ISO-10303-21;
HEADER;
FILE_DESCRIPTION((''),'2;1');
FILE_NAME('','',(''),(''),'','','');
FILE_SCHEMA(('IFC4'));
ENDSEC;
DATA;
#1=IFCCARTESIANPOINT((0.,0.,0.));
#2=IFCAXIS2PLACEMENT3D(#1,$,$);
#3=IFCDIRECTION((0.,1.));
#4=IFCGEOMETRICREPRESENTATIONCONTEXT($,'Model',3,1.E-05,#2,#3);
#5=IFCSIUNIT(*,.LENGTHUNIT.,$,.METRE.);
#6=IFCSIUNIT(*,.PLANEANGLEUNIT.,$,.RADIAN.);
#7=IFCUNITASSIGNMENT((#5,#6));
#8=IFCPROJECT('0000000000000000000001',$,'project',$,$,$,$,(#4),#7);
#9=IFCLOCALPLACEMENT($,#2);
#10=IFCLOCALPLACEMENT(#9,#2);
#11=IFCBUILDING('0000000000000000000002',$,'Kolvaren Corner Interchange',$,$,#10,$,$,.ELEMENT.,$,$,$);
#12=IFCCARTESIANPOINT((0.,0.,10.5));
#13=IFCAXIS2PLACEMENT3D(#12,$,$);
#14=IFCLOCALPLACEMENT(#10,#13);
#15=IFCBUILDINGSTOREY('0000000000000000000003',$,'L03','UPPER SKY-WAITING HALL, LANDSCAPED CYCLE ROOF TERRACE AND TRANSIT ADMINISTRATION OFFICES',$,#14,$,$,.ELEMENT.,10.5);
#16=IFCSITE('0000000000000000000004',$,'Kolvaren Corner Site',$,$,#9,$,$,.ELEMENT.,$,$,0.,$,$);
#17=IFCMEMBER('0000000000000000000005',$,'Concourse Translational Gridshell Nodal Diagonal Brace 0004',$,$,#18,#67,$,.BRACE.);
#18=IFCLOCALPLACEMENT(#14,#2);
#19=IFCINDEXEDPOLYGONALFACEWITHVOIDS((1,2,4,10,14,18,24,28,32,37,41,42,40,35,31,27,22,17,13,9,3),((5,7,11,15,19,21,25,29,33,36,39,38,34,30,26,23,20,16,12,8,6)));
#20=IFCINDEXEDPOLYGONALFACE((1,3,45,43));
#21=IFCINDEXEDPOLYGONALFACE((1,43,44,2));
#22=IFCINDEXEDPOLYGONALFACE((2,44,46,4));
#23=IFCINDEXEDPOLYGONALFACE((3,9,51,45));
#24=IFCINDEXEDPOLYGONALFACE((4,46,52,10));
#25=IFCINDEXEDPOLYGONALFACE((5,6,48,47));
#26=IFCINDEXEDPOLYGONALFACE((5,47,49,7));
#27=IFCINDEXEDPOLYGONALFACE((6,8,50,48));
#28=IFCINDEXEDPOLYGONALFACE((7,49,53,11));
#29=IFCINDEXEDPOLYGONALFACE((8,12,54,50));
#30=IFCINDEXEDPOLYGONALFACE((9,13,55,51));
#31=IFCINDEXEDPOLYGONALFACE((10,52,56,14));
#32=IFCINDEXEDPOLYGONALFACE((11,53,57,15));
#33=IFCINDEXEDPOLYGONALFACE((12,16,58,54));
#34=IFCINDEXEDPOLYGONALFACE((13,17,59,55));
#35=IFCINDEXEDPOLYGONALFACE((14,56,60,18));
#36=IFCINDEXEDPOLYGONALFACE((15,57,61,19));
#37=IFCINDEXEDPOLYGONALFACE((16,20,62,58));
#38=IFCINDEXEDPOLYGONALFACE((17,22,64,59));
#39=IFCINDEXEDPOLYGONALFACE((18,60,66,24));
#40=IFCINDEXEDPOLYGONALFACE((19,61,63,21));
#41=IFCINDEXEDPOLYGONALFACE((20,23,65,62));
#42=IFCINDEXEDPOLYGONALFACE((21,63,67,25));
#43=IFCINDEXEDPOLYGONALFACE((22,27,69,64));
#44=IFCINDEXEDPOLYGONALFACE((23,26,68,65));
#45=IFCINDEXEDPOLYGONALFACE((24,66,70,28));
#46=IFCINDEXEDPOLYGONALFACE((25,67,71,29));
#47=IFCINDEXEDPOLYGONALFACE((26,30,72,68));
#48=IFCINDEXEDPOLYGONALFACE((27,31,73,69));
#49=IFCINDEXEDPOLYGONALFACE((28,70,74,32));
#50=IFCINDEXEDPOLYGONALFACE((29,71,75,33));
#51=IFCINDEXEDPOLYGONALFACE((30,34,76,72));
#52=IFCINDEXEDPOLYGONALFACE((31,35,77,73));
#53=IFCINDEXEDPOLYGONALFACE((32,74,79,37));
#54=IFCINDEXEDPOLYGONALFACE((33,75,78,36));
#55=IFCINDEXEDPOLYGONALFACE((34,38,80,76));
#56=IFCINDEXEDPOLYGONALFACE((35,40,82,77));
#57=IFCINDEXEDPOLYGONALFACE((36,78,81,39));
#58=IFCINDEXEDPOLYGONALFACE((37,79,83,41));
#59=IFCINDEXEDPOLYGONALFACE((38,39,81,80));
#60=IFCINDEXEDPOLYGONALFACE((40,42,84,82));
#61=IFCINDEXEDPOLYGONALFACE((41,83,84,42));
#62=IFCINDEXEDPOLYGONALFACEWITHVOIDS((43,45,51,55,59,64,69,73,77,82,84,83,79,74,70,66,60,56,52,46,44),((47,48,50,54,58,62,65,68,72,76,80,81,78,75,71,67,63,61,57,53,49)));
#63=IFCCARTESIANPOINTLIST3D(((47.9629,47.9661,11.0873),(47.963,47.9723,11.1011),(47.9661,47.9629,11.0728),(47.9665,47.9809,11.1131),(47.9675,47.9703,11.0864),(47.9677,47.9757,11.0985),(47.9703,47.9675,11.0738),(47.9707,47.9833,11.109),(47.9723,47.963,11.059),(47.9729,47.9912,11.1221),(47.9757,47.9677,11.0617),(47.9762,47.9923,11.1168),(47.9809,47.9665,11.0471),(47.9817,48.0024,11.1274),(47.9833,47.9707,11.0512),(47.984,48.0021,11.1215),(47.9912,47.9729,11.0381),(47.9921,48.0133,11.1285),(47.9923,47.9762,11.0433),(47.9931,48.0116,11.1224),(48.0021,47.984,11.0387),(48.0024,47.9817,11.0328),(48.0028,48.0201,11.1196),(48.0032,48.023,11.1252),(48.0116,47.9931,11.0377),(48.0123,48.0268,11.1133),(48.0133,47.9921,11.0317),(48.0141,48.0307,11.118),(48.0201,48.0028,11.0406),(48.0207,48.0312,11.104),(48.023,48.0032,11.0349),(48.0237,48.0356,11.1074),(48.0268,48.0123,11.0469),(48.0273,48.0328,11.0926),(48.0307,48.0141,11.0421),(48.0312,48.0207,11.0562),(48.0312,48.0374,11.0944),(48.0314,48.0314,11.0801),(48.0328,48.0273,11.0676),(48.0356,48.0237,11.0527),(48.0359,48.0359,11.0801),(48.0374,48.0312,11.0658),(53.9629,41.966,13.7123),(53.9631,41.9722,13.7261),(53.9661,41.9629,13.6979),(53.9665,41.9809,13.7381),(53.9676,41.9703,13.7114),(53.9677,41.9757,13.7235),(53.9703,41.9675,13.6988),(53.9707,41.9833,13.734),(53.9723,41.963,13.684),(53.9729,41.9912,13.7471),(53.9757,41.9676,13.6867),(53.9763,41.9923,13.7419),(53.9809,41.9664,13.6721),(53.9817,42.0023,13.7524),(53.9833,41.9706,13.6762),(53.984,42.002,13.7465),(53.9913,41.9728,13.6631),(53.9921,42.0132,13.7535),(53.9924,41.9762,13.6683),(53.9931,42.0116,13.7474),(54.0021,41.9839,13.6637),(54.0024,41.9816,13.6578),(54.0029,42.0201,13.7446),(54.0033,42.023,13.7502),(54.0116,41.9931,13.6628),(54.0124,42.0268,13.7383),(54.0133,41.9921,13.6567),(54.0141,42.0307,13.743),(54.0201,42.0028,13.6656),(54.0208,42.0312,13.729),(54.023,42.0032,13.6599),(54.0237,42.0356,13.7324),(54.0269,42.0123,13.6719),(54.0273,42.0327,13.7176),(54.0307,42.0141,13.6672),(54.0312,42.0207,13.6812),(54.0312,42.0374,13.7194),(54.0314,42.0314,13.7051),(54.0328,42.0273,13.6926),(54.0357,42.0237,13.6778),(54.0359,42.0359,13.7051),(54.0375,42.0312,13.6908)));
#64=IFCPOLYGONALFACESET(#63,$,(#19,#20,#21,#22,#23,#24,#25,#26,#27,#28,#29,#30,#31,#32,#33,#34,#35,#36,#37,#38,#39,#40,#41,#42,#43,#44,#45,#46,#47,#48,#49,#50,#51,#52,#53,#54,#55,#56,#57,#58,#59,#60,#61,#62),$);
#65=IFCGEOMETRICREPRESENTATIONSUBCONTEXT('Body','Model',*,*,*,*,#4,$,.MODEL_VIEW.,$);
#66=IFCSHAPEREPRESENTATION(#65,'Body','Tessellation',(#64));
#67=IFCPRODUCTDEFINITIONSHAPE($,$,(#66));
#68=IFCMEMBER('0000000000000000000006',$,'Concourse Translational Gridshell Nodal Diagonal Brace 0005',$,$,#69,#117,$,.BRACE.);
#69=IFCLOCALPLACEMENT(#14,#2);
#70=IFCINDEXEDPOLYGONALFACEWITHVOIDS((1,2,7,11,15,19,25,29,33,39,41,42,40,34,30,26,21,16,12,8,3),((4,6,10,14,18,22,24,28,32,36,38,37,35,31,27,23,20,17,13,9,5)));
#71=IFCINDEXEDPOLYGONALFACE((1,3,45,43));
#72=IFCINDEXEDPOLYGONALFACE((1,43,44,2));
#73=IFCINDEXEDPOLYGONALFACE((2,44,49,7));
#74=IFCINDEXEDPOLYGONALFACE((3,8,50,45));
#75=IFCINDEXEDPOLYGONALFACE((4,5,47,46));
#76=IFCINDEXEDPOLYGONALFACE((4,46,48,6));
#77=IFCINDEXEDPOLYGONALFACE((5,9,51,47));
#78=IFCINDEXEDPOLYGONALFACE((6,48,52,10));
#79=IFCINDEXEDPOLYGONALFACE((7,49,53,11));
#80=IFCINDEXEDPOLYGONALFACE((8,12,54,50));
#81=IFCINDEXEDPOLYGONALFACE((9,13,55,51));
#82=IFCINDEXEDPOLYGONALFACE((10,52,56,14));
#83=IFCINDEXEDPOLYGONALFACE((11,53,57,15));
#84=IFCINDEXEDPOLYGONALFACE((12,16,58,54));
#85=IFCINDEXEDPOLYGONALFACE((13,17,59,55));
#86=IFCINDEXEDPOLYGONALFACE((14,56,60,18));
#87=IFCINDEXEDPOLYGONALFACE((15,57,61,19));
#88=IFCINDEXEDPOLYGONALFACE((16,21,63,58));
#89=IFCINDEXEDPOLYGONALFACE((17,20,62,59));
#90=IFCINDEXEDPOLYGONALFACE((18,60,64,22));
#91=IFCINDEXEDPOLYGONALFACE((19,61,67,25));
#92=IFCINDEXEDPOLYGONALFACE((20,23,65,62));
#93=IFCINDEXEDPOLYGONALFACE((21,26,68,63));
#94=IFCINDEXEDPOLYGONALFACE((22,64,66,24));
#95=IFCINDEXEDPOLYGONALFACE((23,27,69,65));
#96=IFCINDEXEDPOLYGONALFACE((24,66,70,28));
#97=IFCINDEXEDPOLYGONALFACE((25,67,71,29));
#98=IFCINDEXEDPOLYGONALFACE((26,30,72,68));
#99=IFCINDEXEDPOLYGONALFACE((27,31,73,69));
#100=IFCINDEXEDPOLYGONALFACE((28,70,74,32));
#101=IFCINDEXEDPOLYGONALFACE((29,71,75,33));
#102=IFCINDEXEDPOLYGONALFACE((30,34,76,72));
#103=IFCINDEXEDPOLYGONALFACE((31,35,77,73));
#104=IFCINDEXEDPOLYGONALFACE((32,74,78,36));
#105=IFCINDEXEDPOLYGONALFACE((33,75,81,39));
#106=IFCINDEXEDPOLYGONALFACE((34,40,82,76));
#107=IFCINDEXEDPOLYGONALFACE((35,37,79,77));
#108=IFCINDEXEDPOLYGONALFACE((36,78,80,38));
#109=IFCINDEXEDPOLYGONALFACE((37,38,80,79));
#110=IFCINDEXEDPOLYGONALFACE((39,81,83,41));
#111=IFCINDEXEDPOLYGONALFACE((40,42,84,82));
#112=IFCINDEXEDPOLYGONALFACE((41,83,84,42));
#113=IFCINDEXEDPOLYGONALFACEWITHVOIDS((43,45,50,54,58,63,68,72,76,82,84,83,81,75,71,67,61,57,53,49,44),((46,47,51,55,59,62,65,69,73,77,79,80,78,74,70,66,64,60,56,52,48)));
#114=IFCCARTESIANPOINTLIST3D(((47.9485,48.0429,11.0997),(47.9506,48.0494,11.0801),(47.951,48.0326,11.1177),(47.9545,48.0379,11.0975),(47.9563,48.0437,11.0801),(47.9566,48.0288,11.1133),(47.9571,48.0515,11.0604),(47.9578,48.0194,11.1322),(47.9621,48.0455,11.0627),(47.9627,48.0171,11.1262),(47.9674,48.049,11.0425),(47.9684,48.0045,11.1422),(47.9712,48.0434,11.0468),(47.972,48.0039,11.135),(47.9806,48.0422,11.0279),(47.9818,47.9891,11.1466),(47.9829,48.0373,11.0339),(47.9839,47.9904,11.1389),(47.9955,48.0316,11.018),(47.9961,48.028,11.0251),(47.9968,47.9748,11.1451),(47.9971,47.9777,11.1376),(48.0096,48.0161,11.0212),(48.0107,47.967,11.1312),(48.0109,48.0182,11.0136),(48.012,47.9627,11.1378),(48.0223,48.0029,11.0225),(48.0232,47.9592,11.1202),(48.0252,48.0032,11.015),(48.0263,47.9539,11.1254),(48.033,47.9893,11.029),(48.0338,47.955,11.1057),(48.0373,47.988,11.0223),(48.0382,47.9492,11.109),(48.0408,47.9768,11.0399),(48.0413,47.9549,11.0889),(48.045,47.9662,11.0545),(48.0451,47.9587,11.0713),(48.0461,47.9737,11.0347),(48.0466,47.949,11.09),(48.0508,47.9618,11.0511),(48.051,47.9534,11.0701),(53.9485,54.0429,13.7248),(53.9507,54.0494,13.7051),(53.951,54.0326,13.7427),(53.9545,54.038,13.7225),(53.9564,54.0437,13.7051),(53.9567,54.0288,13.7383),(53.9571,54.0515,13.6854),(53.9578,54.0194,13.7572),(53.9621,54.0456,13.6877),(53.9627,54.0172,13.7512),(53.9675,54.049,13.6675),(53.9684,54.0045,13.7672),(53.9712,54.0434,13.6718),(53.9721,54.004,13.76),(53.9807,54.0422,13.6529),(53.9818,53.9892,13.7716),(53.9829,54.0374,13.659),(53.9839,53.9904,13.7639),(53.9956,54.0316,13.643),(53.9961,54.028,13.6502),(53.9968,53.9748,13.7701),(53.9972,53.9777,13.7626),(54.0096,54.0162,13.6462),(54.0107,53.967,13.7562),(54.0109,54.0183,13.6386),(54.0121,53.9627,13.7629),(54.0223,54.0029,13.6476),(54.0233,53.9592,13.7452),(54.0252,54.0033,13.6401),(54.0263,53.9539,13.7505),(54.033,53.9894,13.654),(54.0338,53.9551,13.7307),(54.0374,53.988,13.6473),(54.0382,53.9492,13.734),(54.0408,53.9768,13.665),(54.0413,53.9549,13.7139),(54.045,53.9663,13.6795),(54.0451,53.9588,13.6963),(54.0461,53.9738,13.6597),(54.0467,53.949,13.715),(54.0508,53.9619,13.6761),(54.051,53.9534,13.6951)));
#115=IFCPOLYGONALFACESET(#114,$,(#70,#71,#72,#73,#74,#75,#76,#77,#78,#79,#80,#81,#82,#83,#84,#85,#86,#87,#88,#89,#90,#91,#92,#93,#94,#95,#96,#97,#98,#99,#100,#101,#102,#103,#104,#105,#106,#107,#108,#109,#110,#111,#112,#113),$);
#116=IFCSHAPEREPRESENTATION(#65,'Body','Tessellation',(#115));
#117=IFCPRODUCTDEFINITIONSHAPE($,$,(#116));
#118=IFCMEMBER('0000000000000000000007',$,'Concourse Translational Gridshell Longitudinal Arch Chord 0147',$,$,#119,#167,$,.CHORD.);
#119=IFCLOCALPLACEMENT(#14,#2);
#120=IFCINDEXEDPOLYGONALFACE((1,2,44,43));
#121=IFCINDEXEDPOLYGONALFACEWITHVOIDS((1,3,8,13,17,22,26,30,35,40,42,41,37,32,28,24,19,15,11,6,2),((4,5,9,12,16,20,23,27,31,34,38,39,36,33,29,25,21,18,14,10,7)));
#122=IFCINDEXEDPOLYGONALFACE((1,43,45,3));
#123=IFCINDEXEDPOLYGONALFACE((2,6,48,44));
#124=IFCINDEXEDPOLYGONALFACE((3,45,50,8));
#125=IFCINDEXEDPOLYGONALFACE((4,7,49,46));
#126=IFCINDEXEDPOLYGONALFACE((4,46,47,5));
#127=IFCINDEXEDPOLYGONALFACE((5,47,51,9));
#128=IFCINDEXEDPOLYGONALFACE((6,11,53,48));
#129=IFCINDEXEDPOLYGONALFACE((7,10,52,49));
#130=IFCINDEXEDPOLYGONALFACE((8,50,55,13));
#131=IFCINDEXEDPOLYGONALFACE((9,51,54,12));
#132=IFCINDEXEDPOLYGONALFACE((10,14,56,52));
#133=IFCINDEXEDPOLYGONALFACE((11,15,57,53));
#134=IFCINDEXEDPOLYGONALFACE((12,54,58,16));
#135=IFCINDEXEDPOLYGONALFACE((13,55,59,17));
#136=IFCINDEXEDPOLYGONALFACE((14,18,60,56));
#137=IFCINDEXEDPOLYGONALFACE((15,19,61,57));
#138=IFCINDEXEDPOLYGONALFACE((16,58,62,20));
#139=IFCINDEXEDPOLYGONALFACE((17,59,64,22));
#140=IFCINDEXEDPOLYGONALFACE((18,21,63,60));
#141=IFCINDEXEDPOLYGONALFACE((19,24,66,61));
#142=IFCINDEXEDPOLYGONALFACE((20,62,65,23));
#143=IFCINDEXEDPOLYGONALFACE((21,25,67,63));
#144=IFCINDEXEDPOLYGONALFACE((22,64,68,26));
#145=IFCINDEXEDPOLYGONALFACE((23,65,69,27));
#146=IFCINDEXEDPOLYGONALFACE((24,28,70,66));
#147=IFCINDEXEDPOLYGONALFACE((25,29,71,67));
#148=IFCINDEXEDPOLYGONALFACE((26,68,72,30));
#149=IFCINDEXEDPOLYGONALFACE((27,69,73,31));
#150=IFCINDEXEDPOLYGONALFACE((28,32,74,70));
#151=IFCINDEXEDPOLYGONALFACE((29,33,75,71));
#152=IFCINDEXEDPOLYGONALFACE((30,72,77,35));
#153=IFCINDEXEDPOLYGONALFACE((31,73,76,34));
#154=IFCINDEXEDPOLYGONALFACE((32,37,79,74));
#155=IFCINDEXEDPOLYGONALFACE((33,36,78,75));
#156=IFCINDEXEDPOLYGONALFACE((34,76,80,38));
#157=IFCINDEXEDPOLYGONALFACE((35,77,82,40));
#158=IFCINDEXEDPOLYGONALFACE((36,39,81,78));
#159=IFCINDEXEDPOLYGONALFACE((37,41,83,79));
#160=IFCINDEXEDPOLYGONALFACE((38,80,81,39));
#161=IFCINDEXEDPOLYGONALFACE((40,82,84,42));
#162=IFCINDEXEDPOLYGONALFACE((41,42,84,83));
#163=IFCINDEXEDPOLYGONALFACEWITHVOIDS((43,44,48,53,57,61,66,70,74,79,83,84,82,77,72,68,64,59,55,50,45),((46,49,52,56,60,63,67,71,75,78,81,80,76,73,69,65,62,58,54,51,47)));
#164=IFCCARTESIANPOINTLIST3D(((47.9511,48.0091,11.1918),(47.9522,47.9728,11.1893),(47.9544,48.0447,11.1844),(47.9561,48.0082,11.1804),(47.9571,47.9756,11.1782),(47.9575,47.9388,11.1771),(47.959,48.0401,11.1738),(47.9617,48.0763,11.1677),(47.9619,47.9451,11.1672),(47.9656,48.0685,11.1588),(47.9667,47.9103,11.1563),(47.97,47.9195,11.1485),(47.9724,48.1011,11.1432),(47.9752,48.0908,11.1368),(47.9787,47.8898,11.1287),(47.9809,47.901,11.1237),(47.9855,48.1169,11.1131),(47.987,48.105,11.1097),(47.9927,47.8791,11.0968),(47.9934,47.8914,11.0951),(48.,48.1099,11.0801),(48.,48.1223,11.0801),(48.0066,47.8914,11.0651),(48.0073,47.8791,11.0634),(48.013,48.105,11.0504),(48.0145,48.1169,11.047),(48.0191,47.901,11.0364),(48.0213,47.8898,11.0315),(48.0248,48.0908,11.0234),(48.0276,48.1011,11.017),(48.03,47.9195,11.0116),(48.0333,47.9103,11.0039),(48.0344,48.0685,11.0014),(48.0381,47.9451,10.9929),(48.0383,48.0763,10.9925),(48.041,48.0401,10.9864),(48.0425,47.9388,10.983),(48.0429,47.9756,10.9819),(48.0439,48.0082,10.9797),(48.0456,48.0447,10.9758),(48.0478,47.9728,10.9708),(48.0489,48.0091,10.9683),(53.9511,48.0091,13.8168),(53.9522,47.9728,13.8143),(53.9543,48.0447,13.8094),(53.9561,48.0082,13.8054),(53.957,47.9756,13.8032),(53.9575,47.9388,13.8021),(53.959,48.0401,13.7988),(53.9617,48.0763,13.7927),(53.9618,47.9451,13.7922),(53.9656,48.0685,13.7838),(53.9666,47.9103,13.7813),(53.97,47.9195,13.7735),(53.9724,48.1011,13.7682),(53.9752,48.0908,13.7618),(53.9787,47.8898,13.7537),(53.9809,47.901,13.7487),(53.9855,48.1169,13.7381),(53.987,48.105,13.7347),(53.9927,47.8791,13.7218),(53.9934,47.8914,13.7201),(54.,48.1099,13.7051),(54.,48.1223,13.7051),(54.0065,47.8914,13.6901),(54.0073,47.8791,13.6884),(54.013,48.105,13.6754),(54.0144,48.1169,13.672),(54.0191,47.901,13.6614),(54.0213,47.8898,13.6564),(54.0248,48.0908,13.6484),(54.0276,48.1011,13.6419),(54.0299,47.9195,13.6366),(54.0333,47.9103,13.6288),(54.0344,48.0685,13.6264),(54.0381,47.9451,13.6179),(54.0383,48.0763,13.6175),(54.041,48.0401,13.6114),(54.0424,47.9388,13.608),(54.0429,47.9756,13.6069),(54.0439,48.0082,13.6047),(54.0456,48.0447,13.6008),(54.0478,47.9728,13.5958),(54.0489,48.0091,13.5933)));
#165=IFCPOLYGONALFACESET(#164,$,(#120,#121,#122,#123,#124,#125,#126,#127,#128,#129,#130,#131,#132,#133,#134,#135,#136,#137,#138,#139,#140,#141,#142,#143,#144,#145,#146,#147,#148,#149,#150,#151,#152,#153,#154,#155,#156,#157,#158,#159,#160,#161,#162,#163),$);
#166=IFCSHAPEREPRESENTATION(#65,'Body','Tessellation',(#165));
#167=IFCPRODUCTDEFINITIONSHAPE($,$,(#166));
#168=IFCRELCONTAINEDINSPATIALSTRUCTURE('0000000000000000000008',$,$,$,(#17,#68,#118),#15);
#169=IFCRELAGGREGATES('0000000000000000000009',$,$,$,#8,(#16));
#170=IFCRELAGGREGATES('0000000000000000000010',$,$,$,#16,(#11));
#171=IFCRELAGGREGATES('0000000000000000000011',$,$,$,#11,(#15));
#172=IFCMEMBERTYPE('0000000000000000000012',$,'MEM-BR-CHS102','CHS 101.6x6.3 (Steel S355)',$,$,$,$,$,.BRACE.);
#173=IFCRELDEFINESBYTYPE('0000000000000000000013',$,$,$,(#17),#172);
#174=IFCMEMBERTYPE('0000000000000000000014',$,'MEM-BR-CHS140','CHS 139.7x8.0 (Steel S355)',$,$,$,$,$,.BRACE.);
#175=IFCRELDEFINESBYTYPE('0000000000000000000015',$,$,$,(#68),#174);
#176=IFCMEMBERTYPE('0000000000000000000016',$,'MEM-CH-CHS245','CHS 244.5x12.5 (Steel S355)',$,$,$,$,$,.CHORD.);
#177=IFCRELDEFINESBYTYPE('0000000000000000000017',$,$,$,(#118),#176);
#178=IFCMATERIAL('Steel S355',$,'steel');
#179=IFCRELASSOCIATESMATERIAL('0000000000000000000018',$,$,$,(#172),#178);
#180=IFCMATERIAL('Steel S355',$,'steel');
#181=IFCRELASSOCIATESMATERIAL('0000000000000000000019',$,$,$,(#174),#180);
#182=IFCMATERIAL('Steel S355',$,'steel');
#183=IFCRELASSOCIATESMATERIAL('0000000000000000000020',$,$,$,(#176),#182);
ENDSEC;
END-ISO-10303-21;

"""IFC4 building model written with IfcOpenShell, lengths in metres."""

from ifc_helpers import new_model, si_unit, direction, frame, origin, origin_2d, place, context, subcontext, project, spatial, hollow_circle, extrude, material, material_profile, profile_set, type_object, element, save


model = new_model("IFC4")

# Units and contexts
model_context = context("Model", 3, precision=1e-05, world=origin(), true_north=direction((0.0, 1.0)))
body_context = subcontext(model_context, "Body", "Model", "MODEL_VIEW")
ifc_project = project(units=[si_unit("LENGTHUNIT", "METRE"), si_unit("PLANEANGLEUNIT", "RADIAN")], contexts=[model_context])

# Site, building, storey
site_placement = place(None, origin())
site = spatial("IfcSite", under=ifc_project, at=site_placement, Name="Kolvaren Corner Site", CompositionType="ELEMENT", RefElevation=0.0)
building_placement = place(site_placement, origin())
building = spatial("IfcBuilding", under=site, at=building_placement, Name="Kolvaren Corner Interchange", CompositionType="ELEMENT")
storey_placement = place(building_placement, frame((0.0, 0.0, 10.5)))
storey = spatial("IfcBuildingStorey", under=building, at=storey_placement, Name="L03", Description="UPPER SKY-WAITING HALL, LANDSCAPED CYCLE ROOF TERRACE AND TRANSIT ADMINISTRATION OFFICES", CompositionType="ELEMENT", Elevation=10.5)

# Members
ifc_material_1 = material(Name="Steel S355", Category="steel")
ifc_material_profile_1 = material_profile(ifc_material_1, hollow_circle(Radius=0.0508, WallThickness=0.0063, at=origin_2d()), Name="CHS 101.6x6.3")
ifc_profile_set_1 = profile_set([ifc_material_profile_1], Name="Steel S355")
member_type_1 = type_object("IfcMemberType", Name="MEM-BR-CHS102", Description="CHS 101.6x6.3 (Steel S355)", PredefinedType="BRACE", material=ifc_profile_set_1)
member_1_placement = place(storey_placement, frame((48.0, 48.0, 11.0801), z_axis=(0.675521, -0.675521, 0.29554), x_axis=(0.707107, 0.707107, 0.0)))
element("IfcMember", 1, at=member_1_placement, inside=storey, type_object=member_type_1, Name="Concourse Translational Gridshell Nodal Diagonal Brace 0004", PredefinedType="BRACE", context=body_context, shape_type="SweptSolid", body=[
    extrude(hollow_circle(Radius=0.0508, WallThickness=0.0063, at=origin_2d()), origin(), (0.0, 0.0, 1.0), 8.8821),
])
ifc_material_2 = material(Name="Steel S355", Category="steel")
ifc_material_profile_2 = material_profile(ifc_material_2, hollow_circle(Radius=0.0698, WallThickness=0.0081, at=origin_2d()), Name="CHS 139.7x8.0")
ifc_profile_set_2 = profile_set([ifc_material_profile_2], Name="Steel S355")
member_type_2 = type_object("IfcMemberType", Name="MEM-BR-CHS140", Description="CHS 139.7x8.0 (Steel S355)", PredefinedType="BRACE", material=ifc_profile_set_2)
member_2_placement = place(storey_placement, frame((48.0, 48.0, 11.0801), z_axis=(0.675521, 0.675521, 0.29554), x_axis=(-0.707107, 0.707107, 0.0)))
element("IfcMember", 2, at=member_2_placement, inside=storey, type_object=member_type_2, Name="Concourse Translational Gridshell Nodal Diagonal Brace 0005", PredefinedType="BRACE", context=body_context, shape_type="SweptSolid", body=[
    extrude(hollow_circle(Radius=0.0698, WallThickness=0.0081, at=origin_2d()), origin(), (0.0, 0.0, 1.0), 8.8821),
])
ifc_material_3 = material(Name="Steel S355", Category="steel")
ifc_material_profile_3 = material_profile(ifc_material_3, hollow_circle(Radius=0.1223, WallThickness=0.0125, at=origin_2d()), Name="CHS 244.5x12.5")
ifc_profile_set_3 = profile_set([ifc_material_profile_3], Name="Steel S355")
member_type_3 = type_object("IfcMemberType", Name="MEM-CH-CHS245", Description="CHS 244.5x12.5 (Steel S355)", PredefinedType="CHORD", material=ifc_profile_set_3)
for number, where, z_axis, x_axis, name in (
    (3, (48.0, 48.0, 11.0801), (0.916157, 0.0, 0.400819), (0.0, 1.0, 0.0), "Concourse Translational Gridshell Longitudinal Arch Chord 0147"),
):
    element("IfcMember", number, at=place(storey_placement, frame(where, z_axis=z_axis, x_axis=x_axis)), inside=storey, type_object=member_type_3, Name=name, PredefinedType="CHORD", context=body_context, shape_type="SweptSolid", body=[
        extrude(hollow_circle(Radius=0.1223, WallThickness=0.0125, at=origin_2d()), origin(), (0.0, 0.0, 1.0), 6.5491),
    ])

save(model, "model.ifc")
